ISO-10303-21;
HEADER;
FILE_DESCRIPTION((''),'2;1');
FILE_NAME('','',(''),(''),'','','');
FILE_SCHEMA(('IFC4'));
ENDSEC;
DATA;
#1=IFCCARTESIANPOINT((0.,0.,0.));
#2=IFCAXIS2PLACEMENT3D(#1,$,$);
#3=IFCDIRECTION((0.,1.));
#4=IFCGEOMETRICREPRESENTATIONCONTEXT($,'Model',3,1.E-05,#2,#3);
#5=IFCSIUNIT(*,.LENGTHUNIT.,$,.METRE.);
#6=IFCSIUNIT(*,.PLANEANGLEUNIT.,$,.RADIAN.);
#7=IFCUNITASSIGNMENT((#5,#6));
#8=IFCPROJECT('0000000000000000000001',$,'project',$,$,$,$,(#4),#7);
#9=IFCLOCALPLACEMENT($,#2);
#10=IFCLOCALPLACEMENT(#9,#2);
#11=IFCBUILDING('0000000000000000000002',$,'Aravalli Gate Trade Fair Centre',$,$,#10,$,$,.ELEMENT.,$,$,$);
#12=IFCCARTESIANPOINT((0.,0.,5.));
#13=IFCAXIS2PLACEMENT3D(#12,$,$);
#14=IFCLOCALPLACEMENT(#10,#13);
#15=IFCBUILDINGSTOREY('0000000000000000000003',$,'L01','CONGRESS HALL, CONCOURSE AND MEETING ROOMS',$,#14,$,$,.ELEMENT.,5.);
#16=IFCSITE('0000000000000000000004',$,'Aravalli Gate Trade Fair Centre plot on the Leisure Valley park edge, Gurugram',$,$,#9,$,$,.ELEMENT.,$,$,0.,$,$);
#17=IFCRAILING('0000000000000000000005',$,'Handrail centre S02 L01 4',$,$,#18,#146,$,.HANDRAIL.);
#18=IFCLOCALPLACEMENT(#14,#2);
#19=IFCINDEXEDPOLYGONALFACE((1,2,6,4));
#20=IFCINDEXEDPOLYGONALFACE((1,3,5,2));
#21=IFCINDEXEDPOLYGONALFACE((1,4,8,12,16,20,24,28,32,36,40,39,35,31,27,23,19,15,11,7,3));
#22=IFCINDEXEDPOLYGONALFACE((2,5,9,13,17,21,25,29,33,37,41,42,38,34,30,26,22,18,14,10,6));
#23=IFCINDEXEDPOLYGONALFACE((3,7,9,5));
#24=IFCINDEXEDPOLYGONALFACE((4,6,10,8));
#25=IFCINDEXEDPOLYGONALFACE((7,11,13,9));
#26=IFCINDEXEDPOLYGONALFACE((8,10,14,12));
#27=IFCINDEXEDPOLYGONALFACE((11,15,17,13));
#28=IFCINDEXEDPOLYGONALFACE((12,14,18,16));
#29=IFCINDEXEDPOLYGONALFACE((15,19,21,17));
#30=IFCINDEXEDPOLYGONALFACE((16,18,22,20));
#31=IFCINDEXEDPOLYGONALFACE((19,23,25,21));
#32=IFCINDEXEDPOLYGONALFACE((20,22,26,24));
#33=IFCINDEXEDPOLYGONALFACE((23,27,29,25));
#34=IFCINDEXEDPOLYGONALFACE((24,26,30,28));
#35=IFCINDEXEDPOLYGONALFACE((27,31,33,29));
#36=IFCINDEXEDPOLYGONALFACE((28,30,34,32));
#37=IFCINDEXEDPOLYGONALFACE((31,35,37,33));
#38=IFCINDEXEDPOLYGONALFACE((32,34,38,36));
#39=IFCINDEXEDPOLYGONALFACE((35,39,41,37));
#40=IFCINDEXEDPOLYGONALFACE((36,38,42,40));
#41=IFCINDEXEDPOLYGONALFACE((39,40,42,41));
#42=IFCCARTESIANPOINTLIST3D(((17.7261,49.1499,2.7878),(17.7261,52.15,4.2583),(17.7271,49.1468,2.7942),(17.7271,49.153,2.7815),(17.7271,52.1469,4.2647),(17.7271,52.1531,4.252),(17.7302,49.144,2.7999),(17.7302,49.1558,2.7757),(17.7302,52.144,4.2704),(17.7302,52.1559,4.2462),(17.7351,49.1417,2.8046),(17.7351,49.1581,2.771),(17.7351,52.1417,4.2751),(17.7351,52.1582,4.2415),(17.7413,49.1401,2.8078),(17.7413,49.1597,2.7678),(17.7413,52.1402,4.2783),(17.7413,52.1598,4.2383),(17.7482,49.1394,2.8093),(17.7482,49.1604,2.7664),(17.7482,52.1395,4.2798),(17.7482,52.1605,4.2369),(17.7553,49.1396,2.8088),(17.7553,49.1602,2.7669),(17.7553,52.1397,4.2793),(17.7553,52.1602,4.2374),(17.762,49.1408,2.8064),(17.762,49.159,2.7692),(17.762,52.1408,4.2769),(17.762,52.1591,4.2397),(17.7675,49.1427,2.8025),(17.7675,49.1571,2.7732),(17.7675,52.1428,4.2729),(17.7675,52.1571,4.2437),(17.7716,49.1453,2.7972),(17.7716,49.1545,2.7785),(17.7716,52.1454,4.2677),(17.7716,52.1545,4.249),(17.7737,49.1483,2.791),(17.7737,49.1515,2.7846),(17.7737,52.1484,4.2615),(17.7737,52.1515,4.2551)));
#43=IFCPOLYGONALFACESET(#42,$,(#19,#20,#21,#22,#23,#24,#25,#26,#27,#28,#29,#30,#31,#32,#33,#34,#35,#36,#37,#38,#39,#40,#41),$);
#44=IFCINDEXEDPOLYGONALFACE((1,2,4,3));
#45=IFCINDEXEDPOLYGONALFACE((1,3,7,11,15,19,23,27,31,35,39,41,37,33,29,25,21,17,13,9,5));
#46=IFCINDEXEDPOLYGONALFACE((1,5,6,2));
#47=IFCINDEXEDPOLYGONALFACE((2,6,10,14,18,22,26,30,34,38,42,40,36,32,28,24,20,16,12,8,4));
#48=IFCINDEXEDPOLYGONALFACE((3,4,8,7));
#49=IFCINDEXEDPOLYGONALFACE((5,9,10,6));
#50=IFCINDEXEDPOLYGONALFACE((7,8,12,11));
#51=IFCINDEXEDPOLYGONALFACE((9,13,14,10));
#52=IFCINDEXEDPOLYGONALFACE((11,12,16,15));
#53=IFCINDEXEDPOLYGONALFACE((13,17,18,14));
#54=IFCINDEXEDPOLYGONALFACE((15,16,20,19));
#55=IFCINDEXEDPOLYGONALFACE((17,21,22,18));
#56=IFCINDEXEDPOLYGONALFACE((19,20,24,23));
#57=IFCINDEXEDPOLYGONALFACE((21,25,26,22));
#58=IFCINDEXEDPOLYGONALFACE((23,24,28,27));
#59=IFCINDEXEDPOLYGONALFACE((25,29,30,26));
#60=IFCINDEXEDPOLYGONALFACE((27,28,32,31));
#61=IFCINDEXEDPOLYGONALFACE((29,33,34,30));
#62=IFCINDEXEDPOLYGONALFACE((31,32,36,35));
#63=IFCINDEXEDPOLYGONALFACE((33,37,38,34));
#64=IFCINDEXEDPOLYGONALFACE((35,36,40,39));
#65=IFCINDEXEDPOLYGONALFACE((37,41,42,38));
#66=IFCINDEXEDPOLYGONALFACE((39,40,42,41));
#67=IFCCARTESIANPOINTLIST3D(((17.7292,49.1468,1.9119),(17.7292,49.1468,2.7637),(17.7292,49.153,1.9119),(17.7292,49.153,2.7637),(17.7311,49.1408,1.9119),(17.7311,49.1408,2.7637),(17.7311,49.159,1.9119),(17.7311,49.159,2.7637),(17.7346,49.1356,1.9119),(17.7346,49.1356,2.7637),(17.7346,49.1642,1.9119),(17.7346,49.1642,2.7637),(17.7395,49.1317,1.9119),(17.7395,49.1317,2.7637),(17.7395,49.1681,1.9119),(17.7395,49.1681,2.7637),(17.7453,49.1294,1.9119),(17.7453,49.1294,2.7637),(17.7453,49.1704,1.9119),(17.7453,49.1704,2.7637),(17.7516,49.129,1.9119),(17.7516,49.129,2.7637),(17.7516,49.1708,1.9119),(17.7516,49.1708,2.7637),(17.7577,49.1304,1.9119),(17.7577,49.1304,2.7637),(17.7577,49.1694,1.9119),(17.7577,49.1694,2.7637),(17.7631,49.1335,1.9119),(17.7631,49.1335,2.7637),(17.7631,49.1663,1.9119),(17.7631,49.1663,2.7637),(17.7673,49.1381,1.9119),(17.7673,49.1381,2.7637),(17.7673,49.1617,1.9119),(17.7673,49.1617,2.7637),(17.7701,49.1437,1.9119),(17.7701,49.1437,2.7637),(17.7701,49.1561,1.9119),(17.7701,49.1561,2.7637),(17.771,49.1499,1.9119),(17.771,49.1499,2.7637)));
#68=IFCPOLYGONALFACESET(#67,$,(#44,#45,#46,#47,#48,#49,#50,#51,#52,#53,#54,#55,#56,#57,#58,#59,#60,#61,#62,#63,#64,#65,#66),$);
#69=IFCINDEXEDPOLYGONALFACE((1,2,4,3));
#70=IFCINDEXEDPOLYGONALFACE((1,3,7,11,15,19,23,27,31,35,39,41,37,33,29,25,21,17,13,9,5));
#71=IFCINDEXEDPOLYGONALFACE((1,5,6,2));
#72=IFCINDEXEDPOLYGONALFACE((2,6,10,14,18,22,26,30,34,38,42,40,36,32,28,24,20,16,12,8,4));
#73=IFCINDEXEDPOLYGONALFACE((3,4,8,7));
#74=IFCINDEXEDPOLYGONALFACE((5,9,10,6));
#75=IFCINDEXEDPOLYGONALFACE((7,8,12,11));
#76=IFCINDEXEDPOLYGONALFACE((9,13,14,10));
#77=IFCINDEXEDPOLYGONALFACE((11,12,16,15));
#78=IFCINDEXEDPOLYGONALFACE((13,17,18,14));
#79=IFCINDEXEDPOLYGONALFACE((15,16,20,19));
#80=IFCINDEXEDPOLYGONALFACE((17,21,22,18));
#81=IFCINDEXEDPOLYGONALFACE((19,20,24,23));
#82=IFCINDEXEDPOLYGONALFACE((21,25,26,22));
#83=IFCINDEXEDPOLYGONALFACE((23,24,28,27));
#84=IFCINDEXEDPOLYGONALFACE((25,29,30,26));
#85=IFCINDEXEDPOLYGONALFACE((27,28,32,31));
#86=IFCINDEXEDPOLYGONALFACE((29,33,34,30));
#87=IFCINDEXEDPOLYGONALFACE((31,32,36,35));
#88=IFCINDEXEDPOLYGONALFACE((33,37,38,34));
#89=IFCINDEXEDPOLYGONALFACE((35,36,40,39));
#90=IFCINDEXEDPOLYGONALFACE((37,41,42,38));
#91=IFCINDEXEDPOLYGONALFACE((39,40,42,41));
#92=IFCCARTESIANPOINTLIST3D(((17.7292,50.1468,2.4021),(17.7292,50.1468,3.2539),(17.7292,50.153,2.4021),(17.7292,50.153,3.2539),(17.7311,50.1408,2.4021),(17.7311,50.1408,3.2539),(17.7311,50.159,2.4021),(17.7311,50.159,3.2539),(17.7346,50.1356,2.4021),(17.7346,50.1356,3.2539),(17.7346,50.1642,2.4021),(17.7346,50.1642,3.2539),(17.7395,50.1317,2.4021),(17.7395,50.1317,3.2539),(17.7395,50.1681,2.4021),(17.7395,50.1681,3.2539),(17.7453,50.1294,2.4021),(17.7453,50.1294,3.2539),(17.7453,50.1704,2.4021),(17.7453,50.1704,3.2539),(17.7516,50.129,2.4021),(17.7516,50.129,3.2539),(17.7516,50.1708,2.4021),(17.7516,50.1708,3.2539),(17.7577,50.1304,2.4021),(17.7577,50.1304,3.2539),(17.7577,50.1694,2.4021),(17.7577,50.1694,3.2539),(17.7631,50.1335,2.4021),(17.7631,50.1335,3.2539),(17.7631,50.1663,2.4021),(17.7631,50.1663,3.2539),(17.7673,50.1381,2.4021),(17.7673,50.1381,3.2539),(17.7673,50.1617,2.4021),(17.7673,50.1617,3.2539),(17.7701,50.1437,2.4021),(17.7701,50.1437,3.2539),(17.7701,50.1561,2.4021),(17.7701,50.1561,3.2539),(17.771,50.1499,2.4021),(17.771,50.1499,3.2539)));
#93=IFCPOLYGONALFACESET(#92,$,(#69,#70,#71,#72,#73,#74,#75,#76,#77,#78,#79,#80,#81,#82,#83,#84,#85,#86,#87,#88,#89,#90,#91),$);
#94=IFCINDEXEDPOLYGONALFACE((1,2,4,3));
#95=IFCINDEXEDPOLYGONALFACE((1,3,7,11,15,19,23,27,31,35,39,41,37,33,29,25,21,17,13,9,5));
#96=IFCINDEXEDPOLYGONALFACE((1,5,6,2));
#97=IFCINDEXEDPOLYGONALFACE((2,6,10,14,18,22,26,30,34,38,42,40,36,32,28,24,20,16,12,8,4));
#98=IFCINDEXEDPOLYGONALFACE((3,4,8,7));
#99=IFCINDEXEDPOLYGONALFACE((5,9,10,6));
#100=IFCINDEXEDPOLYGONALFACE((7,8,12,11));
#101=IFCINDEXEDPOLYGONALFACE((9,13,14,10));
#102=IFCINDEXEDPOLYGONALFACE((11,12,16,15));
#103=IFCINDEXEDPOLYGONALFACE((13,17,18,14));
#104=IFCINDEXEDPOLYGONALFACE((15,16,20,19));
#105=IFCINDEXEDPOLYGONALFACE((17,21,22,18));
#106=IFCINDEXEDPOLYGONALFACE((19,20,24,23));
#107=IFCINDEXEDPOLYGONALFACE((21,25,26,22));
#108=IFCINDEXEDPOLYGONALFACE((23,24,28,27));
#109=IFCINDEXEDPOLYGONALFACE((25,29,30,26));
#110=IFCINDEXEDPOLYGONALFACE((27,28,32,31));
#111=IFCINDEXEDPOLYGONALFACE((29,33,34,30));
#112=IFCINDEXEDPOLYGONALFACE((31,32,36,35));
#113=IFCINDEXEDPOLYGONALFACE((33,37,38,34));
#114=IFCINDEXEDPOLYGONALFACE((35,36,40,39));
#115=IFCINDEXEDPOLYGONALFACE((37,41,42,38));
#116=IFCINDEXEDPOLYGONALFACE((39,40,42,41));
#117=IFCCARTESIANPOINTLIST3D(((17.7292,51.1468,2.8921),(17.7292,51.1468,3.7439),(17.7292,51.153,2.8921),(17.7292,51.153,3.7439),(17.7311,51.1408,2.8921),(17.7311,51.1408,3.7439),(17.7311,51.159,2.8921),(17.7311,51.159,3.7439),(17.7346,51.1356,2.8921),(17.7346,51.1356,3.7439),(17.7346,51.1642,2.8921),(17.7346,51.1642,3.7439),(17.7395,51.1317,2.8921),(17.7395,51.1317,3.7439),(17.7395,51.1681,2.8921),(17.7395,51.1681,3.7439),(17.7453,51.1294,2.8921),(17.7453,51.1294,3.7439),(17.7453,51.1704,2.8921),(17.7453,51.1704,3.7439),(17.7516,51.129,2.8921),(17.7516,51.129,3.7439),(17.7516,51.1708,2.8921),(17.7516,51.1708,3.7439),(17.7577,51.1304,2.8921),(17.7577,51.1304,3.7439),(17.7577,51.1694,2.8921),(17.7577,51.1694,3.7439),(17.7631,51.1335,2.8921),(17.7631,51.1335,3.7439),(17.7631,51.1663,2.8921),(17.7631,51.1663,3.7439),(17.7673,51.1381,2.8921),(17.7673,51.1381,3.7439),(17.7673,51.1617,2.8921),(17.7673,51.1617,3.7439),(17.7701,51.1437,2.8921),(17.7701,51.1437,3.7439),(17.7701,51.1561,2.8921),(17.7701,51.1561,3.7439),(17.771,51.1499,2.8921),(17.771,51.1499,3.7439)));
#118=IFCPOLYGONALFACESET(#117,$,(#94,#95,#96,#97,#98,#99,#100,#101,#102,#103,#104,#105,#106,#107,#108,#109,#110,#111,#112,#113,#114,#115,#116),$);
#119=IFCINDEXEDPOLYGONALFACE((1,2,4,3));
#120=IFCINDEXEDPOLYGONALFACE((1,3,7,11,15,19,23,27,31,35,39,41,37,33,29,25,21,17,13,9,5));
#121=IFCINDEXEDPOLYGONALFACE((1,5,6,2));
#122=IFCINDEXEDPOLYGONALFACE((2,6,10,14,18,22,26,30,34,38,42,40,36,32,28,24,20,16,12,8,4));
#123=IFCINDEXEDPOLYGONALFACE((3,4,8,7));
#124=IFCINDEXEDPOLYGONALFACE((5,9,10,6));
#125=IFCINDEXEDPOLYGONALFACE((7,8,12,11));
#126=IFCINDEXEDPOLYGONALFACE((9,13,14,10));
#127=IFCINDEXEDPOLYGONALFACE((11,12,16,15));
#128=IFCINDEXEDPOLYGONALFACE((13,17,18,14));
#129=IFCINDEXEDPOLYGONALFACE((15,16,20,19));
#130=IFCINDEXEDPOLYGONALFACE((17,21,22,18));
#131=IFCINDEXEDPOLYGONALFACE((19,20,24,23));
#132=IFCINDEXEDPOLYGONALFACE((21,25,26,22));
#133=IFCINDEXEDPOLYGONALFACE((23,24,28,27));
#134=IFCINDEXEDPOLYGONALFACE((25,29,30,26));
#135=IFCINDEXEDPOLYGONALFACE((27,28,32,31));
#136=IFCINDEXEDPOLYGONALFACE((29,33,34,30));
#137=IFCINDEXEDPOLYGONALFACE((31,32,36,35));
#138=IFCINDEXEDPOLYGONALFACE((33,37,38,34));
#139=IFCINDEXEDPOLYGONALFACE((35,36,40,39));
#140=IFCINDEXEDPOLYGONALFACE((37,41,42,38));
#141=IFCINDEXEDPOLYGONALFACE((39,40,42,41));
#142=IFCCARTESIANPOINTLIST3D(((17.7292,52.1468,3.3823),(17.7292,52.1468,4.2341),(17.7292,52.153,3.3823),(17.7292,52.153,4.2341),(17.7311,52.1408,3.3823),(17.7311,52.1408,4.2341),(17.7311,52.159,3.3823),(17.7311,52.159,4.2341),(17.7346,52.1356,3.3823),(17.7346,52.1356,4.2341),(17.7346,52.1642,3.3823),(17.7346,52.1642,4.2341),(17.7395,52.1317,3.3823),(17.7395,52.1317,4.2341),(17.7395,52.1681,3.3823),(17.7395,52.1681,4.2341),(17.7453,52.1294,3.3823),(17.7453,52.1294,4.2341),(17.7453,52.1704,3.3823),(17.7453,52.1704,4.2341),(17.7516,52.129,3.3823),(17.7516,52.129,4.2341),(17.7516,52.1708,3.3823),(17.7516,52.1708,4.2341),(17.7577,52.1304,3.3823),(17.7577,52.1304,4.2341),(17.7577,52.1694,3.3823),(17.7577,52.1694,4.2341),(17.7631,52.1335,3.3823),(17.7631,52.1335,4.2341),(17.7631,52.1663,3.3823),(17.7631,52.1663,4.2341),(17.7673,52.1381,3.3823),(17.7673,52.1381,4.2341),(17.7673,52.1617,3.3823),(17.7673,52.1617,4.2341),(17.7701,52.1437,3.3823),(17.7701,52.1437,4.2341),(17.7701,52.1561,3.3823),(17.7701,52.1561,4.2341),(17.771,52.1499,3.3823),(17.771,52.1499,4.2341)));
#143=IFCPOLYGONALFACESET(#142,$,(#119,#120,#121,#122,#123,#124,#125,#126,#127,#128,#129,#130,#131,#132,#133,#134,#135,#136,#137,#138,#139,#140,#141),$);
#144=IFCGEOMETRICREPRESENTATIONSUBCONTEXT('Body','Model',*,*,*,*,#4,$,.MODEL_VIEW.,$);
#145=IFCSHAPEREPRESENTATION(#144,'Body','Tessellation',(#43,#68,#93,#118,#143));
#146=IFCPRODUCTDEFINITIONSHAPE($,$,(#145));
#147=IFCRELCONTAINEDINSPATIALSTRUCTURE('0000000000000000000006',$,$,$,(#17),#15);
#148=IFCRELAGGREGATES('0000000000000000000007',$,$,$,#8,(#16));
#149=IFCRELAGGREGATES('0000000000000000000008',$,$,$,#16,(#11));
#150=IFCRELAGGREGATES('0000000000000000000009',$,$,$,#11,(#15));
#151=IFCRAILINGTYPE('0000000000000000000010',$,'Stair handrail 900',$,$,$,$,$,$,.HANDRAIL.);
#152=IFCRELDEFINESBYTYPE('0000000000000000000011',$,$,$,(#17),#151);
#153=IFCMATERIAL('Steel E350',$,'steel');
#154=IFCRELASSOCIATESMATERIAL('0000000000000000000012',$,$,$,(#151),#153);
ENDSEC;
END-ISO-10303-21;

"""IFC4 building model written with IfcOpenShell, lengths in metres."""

from ifc_helpers import new_model, si_unit, direction, frame, origin, origin_2d, place, context, subcontext, project, spatial, circle, extrude, material, type_object, element, save


model = new_model("IFC4")

# Units and contexts
model_context = context("Model", 3, precision=1e-05, world=origin(), true_north=direction((0.0, 1.0)))
body_context = subcontext(model_context, "Body", "Model", "MODEL_VIEW")
ifc_project = project(units=[si_unit("LENGTHUNIT", "METRE"), si_unit("PLANEANGLEUNIT", "RADIAN")], contexts=[model_context])

# Site, building, storey
site_placement = place(None, origin())
site = spatial("IfcSite", under=ifc_project, at=site_placement, Name="Aravalli Gate Trade Fair Centre plot on the Leisure Valley park edge, Gurugram", CompositionType="ELEMENT", RefElevation=0.0)
building_placement = place(site_placement, origin())
building = spatial("IfcBuilding", under=site, at=building_placement, Name="Aravalli Gate Trade Fair Centre", CompositionType="ELEMENT")
storey_placement = place(building_placement, frame((0.0, 0.0, 5.0)))
storey = spatial("IfcBuildingStorey", under=building, at=storey_placement, Name="L01", Description="CONGRESS HALL, CONCOURSE AND MEETING ROOMS", CompositionType="ELEMENT", Elevation=5.0)

# Railing
ifc_material_1 = material(Name="Steel E350", Category="steel")
railing_type = type_object("IfcRailingType", Name="Stair handrail 900", PredefinedType="HANDRAIL", material=ifc_material_1)
for number, where, name in (
    (1, (17.75, 49.1499, 1.9119), "Handrail centre S02 L01 4"),
):
    element("IfcRailing", number, at=place(storey_placement, frame(where)), inside=storey, type_object=railing_type, Name=name, PredefinedType="HANDRAIL", context=body_context, shape_type="SweptSolid", body=[
        extrude(circle(Radius=0.0239, at=origin_2d()), frame((0.0, 0.0, 0.876), z_axis=(0.0, 0.897936, 0.440126), x_axis=(-1.0, 0.0, 0.0)), (0.0, 0.0, 1.0), 3.3411),
        extrude(circle(Radius=0.021, at=origin_2d()), origin(), (0.0, 0.0, 1.0), 0.8518),
        extrude(circle(Radius=0.021, at=origin_2d()), frame((0.0, 1.0, 0.4902)), (0.0, 0.0, 1.0), 0.8518),
        extrude(circle(Radius=0.021, at=origin_2d()), frame((0.0, 2.0, 0.9802)), (0.0, 0.0, 1.0), 0.8518),
        extrude(circle(Radius=0.021, at=origin_2d()), frame((0.0, 3.0, 1.4705)), (0.0, 0.0, 1.0), 0.8518),
    ])

save(model, "model.ifc")
